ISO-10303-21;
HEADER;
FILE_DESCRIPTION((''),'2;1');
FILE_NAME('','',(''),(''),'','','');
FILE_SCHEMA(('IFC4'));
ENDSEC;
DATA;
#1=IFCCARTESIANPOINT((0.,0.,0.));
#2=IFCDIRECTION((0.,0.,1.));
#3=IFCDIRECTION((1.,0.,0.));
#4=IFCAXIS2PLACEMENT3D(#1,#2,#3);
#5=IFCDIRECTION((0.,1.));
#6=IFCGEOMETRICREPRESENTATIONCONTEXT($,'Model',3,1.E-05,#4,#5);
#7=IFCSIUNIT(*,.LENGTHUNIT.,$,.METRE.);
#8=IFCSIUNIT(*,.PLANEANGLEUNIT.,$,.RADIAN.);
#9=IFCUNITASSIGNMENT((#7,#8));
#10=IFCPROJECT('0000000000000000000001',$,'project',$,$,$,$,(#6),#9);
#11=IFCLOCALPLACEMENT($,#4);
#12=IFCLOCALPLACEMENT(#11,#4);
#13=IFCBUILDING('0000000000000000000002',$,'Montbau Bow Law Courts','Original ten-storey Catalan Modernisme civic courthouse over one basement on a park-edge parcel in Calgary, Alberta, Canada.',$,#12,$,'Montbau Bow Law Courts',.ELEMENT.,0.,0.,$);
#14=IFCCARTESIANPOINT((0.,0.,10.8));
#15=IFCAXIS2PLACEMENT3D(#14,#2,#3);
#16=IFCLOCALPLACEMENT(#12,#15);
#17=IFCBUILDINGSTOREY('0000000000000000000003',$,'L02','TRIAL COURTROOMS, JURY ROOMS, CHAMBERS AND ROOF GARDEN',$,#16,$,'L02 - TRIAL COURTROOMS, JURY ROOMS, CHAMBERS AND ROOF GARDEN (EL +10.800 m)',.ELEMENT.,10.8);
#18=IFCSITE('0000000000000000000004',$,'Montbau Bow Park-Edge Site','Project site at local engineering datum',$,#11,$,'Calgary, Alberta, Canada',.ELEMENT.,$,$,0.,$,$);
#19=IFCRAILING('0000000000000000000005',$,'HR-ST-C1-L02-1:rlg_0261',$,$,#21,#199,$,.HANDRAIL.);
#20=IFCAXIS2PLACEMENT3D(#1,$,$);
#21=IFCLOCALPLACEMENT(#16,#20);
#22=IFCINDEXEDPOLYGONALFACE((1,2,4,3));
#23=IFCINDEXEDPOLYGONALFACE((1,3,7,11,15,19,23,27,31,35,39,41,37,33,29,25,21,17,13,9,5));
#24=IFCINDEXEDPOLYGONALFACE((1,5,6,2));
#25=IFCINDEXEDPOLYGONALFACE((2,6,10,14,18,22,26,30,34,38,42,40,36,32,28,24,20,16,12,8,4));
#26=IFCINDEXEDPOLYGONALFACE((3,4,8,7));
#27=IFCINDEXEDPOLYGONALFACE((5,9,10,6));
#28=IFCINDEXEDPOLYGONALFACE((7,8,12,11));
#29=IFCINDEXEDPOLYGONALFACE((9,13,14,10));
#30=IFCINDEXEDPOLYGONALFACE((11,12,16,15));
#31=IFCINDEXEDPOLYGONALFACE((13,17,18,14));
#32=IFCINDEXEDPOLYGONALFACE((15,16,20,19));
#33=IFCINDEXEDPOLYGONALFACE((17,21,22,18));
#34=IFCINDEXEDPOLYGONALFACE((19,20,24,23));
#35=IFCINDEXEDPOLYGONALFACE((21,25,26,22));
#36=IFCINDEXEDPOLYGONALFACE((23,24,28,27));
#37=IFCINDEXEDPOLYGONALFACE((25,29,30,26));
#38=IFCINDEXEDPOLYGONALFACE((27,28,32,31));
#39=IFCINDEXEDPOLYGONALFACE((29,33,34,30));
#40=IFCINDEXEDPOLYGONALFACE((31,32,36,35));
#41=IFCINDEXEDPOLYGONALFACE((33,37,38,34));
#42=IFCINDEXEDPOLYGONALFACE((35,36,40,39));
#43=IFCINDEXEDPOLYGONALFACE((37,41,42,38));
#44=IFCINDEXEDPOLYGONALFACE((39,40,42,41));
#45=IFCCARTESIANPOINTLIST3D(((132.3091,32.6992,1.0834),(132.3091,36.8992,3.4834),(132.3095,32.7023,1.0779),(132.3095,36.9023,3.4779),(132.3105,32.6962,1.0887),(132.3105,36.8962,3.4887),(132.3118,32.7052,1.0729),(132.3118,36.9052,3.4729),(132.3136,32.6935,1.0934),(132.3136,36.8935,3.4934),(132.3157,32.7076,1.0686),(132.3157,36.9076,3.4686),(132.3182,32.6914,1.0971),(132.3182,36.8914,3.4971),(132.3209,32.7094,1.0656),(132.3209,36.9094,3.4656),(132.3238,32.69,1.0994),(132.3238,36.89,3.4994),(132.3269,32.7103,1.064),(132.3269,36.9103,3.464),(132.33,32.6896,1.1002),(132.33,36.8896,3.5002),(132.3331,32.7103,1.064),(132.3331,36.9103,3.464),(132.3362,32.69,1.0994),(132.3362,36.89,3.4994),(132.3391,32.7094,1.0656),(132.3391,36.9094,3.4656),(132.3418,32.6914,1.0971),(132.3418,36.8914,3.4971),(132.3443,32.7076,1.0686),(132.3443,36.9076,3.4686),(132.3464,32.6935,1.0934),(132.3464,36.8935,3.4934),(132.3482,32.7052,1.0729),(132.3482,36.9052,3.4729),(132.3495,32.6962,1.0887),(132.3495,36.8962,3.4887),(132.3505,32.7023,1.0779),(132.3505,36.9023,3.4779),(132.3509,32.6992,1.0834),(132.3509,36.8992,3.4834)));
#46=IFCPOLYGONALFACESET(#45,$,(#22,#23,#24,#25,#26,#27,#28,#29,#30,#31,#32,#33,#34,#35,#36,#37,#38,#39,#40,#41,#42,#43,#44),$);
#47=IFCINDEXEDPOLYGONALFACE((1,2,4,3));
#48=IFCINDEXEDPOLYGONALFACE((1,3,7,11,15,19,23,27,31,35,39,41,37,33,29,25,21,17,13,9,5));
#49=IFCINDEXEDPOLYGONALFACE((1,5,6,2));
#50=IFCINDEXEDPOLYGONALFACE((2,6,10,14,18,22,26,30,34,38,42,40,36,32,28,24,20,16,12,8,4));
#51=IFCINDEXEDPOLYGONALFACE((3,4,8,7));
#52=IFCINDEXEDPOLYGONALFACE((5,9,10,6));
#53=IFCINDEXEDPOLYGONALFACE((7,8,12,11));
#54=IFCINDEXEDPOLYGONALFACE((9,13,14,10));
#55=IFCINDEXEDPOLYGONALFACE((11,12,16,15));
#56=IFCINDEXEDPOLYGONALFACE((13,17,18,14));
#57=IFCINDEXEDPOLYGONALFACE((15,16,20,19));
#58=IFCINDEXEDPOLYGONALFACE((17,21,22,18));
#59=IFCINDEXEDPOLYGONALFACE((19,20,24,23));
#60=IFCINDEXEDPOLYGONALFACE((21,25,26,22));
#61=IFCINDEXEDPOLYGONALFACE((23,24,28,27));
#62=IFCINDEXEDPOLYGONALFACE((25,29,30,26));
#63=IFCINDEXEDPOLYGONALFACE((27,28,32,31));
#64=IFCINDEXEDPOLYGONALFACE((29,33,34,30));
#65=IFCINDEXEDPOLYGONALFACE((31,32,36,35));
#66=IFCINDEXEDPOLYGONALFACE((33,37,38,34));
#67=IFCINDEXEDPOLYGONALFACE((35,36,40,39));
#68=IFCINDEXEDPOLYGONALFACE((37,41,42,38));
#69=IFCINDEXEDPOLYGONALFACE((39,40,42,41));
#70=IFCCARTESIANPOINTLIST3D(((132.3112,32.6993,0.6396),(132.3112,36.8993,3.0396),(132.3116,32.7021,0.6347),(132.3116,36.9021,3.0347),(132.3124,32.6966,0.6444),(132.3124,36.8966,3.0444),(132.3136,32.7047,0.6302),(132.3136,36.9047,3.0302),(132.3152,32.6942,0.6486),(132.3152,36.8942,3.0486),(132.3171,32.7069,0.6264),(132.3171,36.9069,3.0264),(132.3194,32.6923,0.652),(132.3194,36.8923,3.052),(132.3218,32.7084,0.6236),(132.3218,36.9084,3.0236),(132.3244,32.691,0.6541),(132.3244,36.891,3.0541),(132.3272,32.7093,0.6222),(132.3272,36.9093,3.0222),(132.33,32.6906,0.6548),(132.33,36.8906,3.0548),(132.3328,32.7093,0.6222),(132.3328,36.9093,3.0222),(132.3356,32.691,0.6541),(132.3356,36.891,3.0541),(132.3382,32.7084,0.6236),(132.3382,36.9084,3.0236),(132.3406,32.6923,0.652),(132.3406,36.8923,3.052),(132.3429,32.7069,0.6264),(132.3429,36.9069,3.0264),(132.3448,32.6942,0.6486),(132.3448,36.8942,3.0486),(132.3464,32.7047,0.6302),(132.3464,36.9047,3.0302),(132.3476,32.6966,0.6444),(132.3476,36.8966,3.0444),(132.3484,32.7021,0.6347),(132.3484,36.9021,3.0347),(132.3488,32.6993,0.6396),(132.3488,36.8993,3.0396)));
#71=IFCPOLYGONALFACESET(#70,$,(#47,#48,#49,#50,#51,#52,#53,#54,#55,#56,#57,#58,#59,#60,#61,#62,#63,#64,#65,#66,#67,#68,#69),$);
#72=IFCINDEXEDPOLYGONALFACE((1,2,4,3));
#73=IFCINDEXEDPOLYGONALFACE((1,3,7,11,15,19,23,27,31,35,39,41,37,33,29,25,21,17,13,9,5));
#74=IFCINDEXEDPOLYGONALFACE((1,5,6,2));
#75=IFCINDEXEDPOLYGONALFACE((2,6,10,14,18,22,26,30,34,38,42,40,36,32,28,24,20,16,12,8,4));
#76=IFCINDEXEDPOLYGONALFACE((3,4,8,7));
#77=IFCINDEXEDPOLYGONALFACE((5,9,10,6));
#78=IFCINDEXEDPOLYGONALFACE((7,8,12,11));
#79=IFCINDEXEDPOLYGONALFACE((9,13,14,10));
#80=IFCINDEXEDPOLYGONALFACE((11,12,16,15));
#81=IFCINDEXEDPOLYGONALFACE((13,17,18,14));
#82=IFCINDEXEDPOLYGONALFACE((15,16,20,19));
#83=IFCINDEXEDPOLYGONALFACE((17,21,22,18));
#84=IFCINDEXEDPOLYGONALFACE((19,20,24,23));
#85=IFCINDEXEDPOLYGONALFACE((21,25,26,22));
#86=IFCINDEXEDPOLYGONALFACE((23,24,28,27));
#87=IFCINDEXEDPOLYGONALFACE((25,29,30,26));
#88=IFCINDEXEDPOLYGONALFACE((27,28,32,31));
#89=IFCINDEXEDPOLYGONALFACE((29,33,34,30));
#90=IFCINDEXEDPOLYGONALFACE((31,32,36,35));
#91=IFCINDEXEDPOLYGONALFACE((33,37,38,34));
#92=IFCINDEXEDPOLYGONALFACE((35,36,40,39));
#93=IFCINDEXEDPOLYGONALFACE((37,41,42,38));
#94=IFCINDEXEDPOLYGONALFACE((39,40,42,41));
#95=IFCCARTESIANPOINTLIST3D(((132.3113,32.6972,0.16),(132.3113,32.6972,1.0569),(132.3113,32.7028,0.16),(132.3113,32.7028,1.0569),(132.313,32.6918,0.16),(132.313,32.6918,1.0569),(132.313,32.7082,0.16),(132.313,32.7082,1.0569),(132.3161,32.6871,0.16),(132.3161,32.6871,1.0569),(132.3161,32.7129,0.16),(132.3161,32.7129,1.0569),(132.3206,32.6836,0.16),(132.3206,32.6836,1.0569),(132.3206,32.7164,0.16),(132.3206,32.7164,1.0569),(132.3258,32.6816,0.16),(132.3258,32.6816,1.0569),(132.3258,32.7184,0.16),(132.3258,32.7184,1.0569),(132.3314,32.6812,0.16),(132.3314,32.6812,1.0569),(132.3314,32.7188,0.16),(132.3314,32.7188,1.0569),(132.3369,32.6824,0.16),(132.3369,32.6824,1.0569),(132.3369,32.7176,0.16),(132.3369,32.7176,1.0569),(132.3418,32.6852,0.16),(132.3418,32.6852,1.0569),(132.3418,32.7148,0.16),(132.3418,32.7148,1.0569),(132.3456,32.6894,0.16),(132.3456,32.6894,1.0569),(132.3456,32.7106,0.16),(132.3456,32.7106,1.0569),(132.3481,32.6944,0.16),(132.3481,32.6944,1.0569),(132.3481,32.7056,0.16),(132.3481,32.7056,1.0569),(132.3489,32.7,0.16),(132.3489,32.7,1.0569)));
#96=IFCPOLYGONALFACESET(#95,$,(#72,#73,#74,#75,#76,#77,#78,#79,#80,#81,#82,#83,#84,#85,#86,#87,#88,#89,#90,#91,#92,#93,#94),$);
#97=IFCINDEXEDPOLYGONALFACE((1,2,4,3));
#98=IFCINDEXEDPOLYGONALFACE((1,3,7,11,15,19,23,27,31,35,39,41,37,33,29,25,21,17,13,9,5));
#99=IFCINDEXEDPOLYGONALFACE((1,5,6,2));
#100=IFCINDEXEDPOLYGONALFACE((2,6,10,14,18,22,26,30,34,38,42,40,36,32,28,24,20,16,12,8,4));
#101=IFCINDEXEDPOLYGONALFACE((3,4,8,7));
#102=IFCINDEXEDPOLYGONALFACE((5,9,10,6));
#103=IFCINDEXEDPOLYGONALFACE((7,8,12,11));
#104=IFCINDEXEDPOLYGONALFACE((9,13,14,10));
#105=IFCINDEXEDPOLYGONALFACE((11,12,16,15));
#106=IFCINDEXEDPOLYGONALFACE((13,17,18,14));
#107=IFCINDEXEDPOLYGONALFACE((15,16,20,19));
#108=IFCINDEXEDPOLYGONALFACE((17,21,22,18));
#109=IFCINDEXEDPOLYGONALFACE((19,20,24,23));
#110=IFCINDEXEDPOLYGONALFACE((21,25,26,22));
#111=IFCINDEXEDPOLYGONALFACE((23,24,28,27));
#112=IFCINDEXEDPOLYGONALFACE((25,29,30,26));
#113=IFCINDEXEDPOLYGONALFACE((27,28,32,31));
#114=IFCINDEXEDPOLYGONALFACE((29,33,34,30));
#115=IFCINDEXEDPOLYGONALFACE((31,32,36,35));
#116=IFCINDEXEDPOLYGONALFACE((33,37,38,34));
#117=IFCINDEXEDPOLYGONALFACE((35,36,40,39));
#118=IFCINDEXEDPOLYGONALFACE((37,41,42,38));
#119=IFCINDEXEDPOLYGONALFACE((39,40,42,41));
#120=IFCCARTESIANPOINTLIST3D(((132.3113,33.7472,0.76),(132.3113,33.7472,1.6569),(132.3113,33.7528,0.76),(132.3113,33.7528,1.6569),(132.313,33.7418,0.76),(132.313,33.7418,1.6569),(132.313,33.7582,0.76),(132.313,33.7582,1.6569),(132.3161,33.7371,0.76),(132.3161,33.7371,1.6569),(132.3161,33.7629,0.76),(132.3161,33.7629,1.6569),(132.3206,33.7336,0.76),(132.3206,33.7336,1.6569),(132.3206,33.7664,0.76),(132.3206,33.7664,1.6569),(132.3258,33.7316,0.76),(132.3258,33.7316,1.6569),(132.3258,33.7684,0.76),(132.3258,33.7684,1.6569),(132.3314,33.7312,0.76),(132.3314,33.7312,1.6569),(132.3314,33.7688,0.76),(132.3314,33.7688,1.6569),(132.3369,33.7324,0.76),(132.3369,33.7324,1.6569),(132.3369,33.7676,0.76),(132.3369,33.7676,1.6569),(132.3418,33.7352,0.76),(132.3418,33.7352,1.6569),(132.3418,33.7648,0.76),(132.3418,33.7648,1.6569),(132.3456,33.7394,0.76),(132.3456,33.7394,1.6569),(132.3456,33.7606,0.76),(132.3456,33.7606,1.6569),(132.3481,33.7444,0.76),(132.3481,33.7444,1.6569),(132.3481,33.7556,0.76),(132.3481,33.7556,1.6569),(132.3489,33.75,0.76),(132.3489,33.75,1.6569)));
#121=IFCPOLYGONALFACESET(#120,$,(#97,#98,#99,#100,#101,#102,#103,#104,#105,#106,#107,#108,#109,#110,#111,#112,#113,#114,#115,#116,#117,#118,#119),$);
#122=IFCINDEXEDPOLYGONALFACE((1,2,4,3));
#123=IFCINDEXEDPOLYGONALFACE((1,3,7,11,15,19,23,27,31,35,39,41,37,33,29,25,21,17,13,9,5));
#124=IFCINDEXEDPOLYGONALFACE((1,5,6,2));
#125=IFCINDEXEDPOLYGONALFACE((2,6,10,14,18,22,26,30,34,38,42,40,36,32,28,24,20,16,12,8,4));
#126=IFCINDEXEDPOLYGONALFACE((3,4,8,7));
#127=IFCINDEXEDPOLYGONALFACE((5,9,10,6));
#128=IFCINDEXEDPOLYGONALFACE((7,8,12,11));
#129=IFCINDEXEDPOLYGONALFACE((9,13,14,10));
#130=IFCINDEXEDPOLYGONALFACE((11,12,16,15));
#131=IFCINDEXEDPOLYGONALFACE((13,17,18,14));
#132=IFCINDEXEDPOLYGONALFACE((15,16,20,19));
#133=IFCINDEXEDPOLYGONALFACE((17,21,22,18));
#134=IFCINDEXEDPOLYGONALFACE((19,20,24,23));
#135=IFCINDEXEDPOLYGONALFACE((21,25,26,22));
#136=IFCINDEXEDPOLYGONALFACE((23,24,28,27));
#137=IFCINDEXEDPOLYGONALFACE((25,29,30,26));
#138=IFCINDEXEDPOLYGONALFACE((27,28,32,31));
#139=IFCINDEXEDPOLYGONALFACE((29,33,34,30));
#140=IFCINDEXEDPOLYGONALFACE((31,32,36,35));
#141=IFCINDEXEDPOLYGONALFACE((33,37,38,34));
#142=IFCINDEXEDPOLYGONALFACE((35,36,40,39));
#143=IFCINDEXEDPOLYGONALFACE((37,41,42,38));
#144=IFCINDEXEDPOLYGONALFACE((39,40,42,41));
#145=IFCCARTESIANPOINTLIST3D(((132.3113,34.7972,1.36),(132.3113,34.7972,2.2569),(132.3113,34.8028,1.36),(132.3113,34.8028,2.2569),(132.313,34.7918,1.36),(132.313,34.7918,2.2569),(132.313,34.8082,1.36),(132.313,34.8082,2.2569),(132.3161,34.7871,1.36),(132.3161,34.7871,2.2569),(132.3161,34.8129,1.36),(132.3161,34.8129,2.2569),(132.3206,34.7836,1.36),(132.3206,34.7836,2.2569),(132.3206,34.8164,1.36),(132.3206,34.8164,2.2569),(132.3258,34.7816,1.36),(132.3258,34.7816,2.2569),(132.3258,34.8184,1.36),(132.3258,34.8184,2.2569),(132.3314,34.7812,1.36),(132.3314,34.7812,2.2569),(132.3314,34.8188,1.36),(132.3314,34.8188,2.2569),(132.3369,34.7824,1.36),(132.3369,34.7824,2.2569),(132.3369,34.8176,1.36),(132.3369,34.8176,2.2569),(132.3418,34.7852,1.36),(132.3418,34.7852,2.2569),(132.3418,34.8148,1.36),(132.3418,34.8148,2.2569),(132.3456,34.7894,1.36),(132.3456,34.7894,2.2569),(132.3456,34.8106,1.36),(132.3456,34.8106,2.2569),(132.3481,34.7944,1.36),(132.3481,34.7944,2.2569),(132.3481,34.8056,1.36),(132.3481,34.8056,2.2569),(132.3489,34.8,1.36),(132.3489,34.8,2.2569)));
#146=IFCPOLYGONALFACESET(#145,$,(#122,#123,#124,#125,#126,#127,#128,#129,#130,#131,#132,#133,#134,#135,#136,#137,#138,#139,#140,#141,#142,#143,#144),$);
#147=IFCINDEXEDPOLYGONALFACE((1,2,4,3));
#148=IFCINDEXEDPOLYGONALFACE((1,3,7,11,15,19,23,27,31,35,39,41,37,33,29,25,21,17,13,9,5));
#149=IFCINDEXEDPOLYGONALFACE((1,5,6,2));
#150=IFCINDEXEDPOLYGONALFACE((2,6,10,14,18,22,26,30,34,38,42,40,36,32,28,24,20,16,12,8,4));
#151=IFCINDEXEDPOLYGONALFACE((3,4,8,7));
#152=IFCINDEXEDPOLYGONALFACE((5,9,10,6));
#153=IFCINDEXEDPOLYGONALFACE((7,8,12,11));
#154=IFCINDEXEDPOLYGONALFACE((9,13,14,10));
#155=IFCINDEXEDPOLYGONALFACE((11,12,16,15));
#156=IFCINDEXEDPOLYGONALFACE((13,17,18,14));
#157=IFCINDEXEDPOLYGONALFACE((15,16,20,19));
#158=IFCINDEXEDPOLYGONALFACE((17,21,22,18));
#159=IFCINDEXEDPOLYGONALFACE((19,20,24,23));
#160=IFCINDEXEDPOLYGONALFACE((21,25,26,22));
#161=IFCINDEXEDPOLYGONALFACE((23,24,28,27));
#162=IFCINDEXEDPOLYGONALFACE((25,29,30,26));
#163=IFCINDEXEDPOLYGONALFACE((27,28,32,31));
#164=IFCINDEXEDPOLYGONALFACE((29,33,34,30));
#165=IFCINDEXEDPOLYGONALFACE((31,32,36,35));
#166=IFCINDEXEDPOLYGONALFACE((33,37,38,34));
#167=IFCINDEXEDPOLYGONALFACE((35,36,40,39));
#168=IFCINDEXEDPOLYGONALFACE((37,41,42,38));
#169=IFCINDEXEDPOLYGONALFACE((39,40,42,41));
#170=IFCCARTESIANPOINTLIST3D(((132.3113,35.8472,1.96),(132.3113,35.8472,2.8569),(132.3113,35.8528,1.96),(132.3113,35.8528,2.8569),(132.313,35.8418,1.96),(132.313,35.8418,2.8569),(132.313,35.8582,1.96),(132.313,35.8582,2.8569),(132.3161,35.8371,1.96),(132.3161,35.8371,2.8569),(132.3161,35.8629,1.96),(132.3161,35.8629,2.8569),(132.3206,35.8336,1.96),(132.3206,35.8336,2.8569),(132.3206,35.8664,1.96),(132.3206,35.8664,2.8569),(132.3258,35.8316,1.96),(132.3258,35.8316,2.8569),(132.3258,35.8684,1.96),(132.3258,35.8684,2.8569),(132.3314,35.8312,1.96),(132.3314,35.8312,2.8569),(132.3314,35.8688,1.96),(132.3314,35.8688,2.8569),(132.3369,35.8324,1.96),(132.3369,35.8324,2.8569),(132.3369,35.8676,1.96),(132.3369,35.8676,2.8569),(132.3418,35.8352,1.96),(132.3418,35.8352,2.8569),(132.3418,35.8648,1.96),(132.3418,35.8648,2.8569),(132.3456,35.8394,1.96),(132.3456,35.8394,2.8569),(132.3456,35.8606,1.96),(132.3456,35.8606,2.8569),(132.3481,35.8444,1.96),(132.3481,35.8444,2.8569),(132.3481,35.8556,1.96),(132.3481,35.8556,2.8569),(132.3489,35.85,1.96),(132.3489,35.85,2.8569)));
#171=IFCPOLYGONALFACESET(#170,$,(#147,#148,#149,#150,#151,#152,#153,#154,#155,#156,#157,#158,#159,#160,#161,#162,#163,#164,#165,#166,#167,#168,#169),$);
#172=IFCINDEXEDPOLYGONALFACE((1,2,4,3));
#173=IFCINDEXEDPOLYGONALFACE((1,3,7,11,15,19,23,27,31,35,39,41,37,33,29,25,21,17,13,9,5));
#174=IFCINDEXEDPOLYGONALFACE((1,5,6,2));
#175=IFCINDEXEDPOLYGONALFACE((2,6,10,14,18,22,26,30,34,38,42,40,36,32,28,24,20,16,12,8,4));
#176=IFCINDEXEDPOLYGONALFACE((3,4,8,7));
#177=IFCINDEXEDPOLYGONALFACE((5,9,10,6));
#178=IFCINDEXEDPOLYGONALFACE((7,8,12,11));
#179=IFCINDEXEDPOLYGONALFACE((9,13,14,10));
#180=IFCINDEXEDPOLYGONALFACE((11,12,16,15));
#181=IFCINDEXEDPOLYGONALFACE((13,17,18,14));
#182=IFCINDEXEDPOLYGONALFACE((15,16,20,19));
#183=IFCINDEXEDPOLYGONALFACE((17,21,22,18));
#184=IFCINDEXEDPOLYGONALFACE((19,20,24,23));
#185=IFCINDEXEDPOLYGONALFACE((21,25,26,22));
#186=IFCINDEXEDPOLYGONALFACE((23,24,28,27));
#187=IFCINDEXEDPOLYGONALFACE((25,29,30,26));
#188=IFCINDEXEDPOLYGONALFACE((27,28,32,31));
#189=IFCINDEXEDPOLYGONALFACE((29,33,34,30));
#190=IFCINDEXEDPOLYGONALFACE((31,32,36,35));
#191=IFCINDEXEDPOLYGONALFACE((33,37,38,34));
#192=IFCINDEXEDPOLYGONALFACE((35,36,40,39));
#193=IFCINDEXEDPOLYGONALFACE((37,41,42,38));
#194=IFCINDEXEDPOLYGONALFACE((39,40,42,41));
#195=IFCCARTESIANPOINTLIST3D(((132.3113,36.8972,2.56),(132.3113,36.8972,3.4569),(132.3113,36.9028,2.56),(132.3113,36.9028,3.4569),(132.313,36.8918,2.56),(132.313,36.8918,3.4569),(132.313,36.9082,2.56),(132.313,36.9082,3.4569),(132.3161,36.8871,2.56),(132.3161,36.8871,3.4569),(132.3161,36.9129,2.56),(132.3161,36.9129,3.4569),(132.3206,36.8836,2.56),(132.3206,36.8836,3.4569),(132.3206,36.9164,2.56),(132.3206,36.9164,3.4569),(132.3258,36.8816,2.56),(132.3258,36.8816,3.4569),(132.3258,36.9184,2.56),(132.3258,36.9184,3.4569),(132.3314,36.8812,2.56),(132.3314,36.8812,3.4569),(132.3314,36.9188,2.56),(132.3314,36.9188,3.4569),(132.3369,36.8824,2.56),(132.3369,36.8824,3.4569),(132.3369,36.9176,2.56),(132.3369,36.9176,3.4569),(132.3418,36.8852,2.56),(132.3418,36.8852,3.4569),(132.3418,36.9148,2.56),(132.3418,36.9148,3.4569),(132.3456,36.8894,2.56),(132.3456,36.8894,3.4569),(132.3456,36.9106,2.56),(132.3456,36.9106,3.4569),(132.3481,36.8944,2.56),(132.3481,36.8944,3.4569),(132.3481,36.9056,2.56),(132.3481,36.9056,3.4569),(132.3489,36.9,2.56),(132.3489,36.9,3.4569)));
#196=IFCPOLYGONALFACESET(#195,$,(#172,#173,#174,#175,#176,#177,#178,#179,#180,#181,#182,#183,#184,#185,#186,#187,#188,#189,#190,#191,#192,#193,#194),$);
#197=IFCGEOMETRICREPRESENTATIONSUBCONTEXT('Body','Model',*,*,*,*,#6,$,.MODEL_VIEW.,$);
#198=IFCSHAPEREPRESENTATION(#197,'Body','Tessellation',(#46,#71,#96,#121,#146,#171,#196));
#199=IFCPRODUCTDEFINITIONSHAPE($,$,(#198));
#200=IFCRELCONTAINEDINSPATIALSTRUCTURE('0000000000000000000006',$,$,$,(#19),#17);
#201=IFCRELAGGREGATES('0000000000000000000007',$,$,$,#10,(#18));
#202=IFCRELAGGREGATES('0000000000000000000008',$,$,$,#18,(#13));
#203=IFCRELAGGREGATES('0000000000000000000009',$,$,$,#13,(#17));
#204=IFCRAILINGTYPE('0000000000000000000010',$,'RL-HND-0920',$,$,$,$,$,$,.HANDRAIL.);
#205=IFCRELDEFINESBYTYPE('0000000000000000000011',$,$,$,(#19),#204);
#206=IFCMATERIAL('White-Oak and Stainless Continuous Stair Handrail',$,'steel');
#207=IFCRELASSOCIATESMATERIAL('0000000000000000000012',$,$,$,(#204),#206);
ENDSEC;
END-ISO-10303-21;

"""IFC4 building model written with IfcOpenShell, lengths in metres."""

from ifc_helpers import new_model, si_unit, direction, frame, origin_with_axes, origin_2d_with_axis, place, context, subcontext, project, spatial, circle, extrude, material, type_object, element, save


model = new_model("IFC4")

# Units and contexts
model_context = context("Model", 3, precision=1e-05, world=origin_with_axes(), true_north=direction((0.0, 1.0)))
body_context = subcontext(model_context, "Body", "Model", "MODEL_VIEW")
ifc_project = project(units=[si_unit("LENGTHUNIT", "METRE"), si_unit("PLANEANGLEUNIT", "RADIAN")], contexts=[model_context])

# Site, building, storey
site_placement = place(None, origin_with_axes())
site = spatial("IfcSite", under=ifc_project, at=site_placement, Name="Montbau Bow Park-Edge Site", Description="Project site at local engineering datum", LongName="Calgary, Alberta, Canada", CompositionType="ELEMENT", RefElevation=0.0)
building_placement = place(site_placement, origin_with_axes())
building = spatial("IfcBuilding", under=site, at=building_placement, Name="Montbau Bow Law Courts", Description="Original ten-storey Catalan Modernisme civic courthouse over one basement on a park-edge parcel in Calgary, Alberta, Canada.", LongName="Montbau Bow Law Courts", CompositionType="ELEMENT", ElevationOfRefHeight=0.0, ElevationOfTerrain=0.0)
storey_placement = place(building_placement, frame((0.0, 0.0, 10.8), z_axis=(0.0, 0.0, 1.0), x_axis=(1.0, 0.0, 0.0)))
storey = spatial("IfcBuildingStorey", under=building, at=storey_placement, Name="L02", Description="TRIAL COURTROOMS, JURY ROOMS, CHAMBERS AND ROOF GARDEN", LongName="L02 - TRIAL COURTROOMS, JURY ROOMS, CHAMBERS AND ROOF GARDEN (EL +10.800 m)", CompositionType="ELEMENT", Elevation=10.8)

# Railing
ifc_material_1 = material(Name="White-Oak and Stainless Continuous Stair Handrail", Category="steel")
railing_type_1 = type_object("IfcRailingType", Name="RL-HND-0920", PredefinedType="HANDRAIL", material=ifc_material_1)
railing_1_placement = place(None, origin_with_axes())
element("IfcRailing", 1, at=railing_1_placement, inside=storey, type_object=railing_type_1, Name="HR-ST-C1-L02-1:rlg_0261", PredefinedType="HANDRAIL", context=body_context, shape_type="SweptSolid", body=[
    extrude(circle(Radius=0.021, at=origin_2d_with_axis()), frame((132.33, 32.7, 11.882), z_axis=(0.0, 0.868243, 0.496139), x_axis=(0.0, -0.496139, 0.868243)), (0.0, 0.0, 1.0), 4.8374),
    extrude(circle(Radius=0.0189, at=origin_2d_with_axis()), frame((132.33, 32.7, 11.4384), z_axis=(0.0, 0.868243, 0.496139), x_axis=(0.0, -0.496139, 0.868243)), (0.0, 0.0, 1.0), 4.8374),
    extrude(circle(Radius=0.0189, at=origin_2d_with_axis()), frame((132.33, 32.7, 10.96), z_axis=(0.0, 0.0, 1.0), x_axis=(1.0, 0.0, 0.0)), (0.0, 0.0, 1.0), 0.8969),
    extrude(circle(Radius=0.0189, at=origin_2d_with_axis()), frame((132.33, 33.75, 11.56), z_axis=(0.0, 0.0, 1.0), x_axis=(1.0, 0.0, 0.0)), (0.0, 0.0, 1.0), 0.8969),
    extrude(circle(Radius=0.0189, at=origin_2d_with_axis()), frame((132.33, 34.8, 12.16), z_axis=(0.0, 0.0, 1.0), x_axis=(1.0, 0.0, 0.0)), (0.0, 0.0, 1.0), 0.8969),
    extrude(circle(Radius=0.0189, at=origin_2d_with_axis()), frame((132.33, 35.85, 12.76), z_axis=(0.0, 0.0, 1.0), x_axis=(1.0, 0.0, 0.0)), (0.0, 0.0, 1.0), 0.8969),
    extrude(circle(Radius=0.0189, at=origin_2d_with_axis()), frame((132.33, 36.9, 13.36), z_axis=(0.0, 0.0, 1.0), x_axis=(1.0, 0.0, 0.0)), (0.0, 0.0, 1.0), 0.8969),
])

save(model, "model.ifc")
